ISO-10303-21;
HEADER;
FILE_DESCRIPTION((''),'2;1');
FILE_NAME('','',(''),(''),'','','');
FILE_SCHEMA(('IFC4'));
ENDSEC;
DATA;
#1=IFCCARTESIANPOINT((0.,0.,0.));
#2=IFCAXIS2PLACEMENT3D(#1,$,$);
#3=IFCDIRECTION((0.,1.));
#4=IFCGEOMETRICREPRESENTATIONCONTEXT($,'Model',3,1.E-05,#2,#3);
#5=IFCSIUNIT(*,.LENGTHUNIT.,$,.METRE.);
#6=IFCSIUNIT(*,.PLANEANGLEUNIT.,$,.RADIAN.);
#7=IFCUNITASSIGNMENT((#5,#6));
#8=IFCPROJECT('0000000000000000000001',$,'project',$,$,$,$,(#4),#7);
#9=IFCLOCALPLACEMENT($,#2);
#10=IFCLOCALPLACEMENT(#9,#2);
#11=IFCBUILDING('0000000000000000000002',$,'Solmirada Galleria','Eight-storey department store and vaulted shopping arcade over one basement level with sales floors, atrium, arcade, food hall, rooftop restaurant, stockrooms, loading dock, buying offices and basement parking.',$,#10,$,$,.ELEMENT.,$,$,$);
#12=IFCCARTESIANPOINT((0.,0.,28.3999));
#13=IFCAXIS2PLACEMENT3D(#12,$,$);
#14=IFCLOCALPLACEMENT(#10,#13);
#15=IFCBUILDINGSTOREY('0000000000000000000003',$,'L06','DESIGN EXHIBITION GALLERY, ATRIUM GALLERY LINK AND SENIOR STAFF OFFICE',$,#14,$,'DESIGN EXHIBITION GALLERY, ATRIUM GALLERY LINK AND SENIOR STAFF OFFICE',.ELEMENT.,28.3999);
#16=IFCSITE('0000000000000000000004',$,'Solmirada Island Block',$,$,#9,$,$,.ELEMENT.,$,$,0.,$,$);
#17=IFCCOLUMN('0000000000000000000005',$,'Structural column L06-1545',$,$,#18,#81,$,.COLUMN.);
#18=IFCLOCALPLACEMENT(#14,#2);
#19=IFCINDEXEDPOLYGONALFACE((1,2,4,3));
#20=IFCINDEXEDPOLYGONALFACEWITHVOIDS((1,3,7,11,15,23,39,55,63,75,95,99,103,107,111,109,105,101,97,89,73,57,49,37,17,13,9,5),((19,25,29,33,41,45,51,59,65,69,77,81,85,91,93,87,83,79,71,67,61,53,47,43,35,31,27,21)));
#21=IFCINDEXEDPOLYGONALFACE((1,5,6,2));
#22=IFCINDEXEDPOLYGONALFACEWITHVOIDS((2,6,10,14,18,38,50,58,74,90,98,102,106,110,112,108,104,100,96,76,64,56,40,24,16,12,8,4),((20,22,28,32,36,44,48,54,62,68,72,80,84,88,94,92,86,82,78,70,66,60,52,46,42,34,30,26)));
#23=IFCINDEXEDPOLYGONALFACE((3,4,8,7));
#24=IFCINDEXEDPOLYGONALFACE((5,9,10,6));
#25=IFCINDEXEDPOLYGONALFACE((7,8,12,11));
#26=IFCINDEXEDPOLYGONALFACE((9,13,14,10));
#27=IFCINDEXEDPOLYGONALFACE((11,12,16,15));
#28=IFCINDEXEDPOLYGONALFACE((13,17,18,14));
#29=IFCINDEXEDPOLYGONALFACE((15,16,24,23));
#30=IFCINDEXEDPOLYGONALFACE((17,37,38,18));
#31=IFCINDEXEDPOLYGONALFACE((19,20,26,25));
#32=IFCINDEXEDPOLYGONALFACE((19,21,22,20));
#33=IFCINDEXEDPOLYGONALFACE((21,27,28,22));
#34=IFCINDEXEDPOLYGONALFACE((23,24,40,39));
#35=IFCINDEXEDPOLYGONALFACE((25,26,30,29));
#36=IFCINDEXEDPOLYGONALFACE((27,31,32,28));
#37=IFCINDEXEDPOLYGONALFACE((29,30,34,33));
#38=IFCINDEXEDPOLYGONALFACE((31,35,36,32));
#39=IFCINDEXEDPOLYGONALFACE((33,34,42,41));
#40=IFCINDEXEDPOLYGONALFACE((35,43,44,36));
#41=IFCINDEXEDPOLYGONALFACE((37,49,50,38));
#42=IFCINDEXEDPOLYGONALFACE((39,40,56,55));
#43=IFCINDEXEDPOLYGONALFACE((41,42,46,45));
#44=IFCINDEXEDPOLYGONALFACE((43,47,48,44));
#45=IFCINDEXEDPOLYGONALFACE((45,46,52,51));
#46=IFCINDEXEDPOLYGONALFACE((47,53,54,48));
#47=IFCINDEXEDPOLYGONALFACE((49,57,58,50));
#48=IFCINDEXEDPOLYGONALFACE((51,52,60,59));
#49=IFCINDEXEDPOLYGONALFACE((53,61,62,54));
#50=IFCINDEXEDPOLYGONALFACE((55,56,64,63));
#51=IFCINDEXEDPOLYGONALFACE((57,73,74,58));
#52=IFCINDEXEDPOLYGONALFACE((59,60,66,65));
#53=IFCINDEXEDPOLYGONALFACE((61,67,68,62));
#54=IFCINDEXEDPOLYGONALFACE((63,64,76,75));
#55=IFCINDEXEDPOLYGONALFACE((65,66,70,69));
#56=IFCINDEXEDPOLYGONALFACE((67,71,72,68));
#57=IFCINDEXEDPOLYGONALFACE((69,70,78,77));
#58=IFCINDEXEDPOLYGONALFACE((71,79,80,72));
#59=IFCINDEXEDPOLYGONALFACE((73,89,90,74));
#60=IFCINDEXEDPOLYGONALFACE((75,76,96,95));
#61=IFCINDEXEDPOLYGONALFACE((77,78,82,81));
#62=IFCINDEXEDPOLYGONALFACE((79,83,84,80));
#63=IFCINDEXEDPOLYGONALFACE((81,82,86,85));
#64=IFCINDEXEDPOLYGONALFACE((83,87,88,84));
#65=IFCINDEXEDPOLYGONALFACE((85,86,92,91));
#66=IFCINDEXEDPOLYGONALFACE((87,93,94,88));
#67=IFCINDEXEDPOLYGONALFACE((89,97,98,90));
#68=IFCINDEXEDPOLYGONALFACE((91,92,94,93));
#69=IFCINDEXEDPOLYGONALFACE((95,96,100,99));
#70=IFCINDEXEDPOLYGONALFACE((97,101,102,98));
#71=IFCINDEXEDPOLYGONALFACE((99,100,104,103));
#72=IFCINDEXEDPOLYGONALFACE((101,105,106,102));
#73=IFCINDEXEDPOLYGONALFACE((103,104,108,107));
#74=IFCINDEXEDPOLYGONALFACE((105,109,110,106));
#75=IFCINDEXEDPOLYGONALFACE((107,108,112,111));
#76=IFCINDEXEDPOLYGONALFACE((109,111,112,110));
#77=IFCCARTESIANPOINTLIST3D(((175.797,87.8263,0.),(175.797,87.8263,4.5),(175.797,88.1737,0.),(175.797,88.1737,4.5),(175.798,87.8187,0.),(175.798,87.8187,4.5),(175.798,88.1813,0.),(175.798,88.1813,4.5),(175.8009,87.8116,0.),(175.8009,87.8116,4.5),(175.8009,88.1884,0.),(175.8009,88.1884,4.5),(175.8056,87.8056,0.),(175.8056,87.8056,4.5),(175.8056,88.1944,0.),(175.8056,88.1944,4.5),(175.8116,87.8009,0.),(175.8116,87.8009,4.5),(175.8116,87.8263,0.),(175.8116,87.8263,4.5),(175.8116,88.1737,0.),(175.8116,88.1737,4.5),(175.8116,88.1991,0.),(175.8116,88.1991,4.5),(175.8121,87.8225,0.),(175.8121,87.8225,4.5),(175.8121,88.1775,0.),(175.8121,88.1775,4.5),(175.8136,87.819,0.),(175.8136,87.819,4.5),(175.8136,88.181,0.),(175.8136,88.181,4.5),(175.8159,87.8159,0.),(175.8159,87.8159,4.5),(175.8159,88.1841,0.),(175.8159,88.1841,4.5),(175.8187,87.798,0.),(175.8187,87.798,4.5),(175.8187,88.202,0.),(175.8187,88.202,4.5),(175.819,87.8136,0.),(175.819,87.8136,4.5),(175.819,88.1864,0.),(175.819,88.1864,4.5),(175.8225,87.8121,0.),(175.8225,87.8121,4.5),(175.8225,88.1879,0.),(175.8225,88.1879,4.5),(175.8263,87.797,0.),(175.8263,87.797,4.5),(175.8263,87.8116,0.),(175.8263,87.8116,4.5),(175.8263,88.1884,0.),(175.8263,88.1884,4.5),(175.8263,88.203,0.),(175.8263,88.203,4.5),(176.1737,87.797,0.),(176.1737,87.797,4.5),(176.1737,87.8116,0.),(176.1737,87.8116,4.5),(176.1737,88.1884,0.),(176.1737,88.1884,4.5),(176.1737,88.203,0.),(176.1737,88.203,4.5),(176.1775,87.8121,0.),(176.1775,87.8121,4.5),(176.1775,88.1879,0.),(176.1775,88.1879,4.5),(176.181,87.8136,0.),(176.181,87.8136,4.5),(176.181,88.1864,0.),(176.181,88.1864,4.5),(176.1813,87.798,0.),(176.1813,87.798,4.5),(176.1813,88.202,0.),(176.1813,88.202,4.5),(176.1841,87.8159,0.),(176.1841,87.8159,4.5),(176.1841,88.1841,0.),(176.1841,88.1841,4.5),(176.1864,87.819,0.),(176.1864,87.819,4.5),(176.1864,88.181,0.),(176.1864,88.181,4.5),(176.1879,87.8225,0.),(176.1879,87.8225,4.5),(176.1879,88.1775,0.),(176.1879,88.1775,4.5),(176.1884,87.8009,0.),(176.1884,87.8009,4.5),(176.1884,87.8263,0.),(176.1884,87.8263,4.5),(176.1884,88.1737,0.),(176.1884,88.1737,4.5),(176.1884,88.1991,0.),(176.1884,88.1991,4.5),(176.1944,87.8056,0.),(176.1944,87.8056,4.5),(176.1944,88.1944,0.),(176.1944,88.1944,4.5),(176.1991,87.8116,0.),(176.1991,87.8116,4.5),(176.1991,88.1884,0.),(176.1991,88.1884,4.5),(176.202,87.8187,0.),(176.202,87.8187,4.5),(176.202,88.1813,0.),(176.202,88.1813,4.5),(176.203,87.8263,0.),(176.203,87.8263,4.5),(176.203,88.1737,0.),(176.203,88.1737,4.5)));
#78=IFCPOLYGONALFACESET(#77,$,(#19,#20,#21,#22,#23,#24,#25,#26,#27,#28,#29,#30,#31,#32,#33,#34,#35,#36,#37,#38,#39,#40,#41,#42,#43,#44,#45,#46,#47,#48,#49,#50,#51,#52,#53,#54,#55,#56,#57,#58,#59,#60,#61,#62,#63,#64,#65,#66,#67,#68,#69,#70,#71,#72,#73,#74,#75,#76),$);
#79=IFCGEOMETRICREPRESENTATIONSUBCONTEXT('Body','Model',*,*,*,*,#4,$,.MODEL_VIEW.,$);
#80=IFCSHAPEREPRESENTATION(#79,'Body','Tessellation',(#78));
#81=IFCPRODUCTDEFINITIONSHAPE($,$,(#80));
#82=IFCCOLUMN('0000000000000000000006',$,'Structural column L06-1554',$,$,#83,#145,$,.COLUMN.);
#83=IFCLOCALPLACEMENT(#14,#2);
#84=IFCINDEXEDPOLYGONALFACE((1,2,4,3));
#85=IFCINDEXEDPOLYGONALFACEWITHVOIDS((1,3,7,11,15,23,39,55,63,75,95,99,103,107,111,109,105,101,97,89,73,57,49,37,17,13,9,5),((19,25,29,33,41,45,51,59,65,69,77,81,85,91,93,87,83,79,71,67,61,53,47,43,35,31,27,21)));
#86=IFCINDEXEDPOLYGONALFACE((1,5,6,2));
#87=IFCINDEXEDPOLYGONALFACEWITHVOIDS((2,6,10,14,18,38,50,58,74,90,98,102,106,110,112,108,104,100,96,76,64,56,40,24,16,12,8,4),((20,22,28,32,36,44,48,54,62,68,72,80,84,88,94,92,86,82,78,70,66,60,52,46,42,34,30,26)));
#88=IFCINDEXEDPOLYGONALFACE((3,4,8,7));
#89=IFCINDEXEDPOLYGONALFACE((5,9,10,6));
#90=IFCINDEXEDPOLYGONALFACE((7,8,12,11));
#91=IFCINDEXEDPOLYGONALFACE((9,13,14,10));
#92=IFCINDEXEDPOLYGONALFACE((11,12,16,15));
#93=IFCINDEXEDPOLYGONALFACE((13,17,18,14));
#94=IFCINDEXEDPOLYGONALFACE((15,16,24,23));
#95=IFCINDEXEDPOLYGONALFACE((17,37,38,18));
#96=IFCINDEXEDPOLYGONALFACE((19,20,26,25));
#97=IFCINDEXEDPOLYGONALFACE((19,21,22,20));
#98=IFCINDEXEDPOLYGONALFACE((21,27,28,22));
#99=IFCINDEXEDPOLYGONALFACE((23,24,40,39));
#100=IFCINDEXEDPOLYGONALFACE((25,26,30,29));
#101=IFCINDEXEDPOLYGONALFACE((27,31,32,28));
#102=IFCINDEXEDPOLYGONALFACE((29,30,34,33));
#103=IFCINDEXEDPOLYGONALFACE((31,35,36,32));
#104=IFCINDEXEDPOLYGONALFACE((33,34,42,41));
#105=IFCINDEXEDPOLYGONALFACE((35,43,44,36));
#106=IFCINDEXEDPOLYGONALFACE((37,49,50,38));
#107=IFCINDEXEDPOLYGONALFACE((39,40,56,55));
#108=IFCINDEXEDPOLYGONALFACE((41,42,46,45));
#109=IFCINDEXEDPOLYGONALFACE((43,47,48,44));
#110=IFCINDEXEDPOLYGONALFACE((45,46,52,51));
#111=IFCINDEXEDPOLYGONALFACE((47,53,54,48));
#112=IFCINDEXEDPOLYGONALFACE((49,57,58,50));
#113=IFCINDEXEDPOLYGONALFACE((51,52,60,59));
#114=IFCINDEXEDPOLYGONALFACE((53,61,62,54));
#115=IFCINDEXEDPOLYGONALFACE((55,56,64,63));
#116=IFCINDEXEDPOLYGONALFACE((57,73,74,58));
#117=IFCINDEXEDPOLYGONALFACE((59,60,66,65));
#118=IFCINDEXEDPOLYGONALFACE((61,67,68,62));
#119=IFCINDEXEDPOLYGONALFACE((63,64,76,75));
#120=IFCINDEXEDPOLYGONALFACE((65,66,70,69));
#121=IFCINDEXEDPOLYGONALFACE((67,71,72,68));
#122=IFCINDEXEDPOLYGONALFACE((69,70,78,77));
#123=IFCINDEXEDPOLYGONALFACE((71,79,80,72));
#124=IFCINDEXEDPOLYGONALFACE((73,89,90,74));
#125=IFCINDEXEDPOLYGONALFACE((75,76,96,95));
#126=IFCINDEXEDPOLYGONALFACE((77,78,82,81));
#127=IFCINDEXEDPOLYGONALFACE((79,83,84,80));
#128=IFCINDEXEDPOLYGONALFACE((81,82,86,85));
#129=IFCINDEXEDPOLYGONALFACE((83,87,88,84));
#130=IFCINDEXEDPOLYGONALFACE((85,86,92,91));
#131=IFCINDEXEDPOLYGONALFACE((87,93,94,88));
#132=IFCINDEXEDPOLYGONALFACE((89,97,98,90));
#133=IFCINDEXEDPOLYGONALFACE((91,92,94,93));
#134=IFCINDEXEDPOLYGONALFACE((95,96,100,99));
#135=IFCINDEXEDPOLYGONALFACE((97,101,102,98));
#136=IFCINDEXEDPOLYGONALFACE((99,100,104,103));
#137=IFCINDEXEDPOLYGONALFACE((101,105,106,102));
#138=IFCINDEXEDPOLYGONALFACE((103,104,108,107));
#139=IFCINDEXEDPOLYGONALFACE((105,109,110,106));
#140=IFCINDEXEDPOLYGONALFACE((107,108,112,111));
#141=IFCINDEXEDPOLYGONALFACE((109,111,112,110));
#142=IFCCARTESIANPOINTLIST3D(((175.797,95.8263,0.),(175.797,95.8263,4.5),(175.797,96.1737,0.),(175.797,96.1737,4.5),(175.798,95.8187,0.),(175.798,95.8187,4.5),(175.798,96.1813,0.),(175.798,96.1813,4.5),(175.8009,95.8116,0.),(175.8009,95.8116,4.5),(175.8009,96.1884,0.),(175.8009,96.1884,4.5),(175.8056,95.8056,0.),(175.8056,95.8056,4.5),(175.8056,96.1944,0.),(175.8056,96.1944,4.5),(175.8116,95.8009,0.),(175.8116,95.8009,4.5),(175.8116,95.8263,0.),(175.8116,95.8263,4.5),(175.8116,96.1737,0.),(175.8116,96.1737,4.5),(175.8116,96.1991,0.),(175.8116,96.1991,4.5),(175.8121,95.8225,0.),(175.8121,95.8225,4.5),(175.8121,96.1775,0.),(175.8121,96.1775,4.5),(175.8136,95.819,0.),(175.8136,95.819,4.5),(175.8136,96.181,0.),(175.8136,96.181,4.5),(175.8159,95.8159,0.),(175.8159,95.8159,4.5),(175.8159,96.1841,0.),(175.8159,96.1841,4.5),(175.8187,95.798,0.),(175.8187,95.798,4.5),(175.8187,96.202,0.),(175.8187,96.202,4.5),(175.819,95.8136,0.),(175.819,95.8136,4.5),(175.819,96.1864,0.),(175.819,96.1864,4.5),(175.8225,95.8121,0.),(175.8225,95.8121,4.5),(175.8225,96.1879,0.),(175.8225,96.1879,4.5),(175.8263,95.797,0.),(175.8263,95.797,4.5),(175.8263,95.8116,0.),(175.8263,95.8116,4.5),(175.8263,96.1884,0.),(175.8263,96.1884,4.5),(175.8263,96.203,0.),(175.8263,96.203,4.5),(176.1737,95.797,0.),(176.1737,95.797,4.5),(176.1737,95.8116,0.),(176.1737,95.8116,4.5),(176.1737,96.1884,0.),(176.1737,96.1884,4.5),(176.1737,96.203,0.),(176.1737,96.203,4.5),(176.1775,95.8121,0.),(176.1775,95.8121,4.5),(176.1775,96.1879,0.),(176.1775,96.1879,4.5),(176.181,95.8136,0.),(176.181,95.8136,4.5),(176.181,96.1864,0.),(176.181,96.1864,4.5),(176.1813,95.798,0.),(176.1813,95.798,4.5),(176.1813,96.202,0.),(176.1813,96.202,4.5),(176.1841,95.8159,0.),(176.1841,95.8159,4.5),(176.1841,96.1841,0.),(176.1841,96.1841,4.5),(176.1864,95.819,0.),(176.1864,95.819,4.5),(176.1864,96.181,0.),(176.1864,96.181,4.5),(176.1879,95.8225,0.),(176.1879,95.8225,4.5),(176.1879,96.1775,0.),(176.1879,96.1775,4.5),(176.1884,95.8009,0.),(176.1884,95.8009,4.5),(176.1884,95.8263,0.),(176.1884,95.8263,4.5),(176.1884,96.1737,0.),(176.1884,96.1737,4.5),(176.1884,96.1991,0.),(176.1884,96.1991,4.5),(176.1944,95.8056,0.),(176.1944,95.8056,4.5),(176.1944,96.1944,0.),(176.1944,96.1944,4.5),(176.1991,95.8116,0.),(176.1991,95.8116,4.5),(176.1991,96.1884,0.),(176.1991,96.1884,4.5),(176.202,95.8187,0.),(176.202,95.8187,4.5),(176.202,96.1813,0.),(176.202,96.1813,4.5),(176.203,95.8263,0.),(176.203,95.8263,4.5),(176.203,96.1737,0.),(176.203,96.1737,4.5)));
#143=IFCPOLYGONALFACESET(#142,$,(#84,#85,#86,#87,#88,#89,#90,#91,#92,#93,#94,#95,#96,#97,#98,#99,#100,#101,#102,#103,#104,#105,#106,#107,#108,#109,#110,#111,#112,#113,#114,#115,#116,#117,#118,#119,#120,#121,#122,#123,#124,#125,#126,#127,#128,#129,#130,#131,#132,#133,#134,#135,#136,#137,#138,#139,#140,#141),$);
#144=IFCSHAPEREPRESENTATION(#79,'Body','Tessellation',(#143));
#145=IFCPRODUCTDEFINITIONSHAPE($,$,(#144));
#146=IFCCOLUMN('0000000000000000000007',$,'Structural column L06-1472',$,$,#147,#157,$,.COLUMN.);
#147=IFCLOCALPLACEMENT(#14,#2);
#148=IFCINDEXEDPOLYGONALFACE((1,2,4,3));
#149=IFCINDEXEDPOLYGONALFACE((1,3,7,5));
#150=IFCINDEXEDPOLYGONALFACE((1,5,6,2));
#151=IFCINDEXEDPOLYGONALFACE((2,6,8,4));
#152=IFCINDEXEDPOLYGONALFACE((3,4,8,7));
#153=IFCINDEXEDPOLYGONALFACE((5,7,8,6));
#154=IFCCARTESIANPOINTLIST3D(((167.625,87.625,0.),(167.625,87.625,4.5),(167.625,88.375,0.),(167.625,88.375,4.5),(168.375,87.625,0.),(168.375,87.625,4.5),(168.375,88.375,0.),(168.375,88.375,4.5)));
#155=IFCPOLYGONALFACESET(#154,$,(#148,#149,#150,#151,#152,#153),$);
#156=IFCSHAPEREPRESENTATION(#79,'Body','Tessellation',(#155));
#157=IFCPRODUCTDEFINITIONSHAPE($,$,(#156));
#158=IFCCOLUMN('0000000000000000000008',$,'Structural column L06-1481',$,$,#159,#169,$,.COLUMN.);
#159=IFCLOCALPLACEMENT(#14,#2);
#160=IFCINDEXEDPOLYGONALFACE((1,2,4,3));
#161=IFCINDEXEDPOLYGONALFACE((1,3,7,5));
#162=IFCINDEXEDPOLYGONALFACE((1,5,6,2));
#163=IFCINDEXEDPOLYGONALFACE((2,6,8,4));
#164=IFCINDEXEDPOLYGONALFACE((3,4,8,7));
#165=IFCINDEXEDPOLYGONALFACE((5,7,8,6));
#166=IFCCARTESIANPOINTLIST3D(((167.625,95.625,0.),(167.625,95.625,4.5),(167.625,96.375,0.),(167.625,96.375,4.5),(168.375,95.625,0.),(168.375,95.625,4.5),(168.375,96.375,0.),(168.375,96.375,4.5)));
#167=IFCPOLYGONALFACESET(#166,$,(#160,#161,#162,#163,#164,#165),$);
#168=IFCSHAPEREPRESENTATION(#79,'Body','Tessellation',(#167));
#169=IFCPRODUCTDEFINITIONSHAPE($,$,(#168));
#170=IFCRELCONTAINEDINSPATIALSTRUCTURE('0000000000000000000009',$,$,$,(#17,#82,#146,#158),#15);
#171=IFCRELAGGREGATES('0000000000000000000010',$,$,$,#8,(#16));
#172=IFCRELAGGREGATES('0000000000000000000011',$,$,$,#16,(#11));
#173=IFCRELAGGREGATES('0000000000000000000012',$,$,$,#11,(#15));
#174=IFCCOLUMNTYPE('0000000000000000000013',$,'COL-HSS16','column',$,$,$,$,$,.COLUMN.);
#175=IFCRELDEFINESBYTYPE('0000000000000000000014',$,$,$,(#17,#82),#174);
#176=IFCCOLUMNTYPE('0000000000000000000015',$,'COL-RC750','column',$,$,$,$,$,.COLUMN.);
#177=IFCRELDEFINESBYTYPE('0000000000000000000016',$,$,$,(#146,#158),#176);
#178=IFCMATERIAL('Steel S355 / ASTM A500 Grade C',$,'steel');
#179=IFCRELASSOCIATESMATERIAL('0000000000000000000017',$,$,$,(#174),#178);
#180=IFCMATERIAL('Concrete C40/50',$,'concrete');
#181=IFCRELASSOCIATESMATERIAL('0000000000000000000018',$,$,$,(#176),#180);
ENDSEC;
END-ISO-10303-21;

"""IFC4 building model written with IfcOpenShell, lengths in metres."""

from ifc_helpers import new_model, si_unit, direction, frame, origin, origin_2d, place, context, subcontext, project, spatial, rectangle, hollow_rectangle, extrude, material, material_profile, profile_set, type_object, element, save


model = new_model("IFC4")

# Units and contexts
model_context = context("Model", 3, precision=1e-05, world=origin(), true_north=direction((0.0, 1.0)))
body_context = subcontext(model_context, "Body", "Model", "MODEL_VIEW")
ifc_project = project(units=[si_unit("LENGTHUNIT", "METRE"), si_unit("PLANEANGLEUNIT", "RADIAN")], contexts=[model_context])

# Site, building, storey
site_placement = place(None, origin())
site = spatial("IfcSite", under=ifc_project, at=site_placement, Name="Solmirada Island Block", CompositionType="ELEMENT", RefElevation=0.0)
building_placement = place(site_placement, origin())
building = spatial("IfcBuilding", under=site, at=building_placement, Name="Solmirada Galleria", Description="Eight-storey department store and vaulted shopping arcade over one basement level with sales floors, atrium, arcade, food hall, rooftop restaurant, stockrooms, loading dock, buying offices and basement parking.", CompositionType="ELEMENT")
storey_placement = place(building_placement, frame((0.0, 0.0, 28.3999)))
storey = spatial("IfcBuildingStorey", under=building, at=storey_placement, Name="L06", Description="DESIGN EXHIBITION GALLERY, ATRIUM GALLERY LINK AND SENIOR STAFF OFFICE", LongName="DESIGN EXHIBITION GALLERY, ATRIUM GALLERY LINK AND SENIOR STAFF OFFICE", CompositionType="ELEMENT", Elevation=28.3999)

# Columns
ifc_material_1 = material(Name="Steel S355 / ASTM A500 Grade C", Category="steel")
ifc_material_profile_1 = material_profile(ifc_material_1, hollow_rectangle(XDim=0.406, YDim=0.406, WallThickness=0.0146, InnerFilletRadius=0.0146, OuterFilletRadius=0.0293, at=origin_2d()), Name="HSS16X16X5/8")
ifc_profile_set_1 = profile_set([ifc_material_profile_1], Name="Steel S355 / ASTM A500 Grade C")
column_type_1 = type_object("IfcColumnType", Name="COL-HSS16", Description="column", PredefinedType="COLUMN", material=ifc_profile_set_1)
for number, where, z_axis, x_axis, name in (
    (1, (176.0, 88.0, 0.0), (0.0, 0.0, 1.0), (1.0, 0.0, 0.0), "Structural column L06-1545"),
    (2, (176.0, 96.0, 0.0), (0.0, 0.0, 1.0), (1.0, 0.0, 0.0), "Structural column L06-1554"),
):
    element("IfcColumn", number, at=place(storey_placement, frame(where, z_axis=z_axis, x_axis=x_axis)), inside=storey, type_object=column_type_1, Name=name, PredefinedType="COLUMN", context=body_context, shape_type="SweptSolid", body=[
        extrude(hollow_rectangle(XDim=0.406, YDim=0.406, WallThickness=0.0146, InnerFilletRadius=0.0146, OuterFilletRadius=0.0293, at=origin_2d()), origin(), (0.0, 0.0, 1.0), 4.5),
    ])
ifc_material_2 = material(Name="Concrete C40/50", Category="concrete")
ifc_material_profile_2 = material_profile(ifc_material_2, rectangle(XDim=0.75, YDim=0.75, at=origin_2d()), Name="RC750X750")
ifc_profile_set_2 = profile_set([ifc_material_profile_2], Name="Concrete C40/50")
column_type_2 = type_object("IfcColumnType", Name="COL-RC750", Description="column", PredefinedType="COLUMN", material=ifc_profile_set_2)
for number, where, z_axis, x_axis, name in (
    (3, (168.0, 88.0, 0.0), (0.0, 0.0, 1.0), (1.0, 0.0, 0.0), "Structural column L06-1472"),
    (4, (168.0, 96.0, 0.0), (0.0, 0.0, 1.0), (1.0, 0.0, 0.0), "Structural column L06-1481"),
):
    element("IfcColumn", number, at=place(storey_placement, frame(where, z_axis=z_axis, x_axis=x_axis)), inside=storey, type_object=column_type_2, Name=name, PredefinedType="COLUMN", context=body_context, shape_type="SweptSolid", body=[
        extrude(rectangle(XDim=0.75, YDim=0.75, at=origin_2d()), origin(), (0.0, 0.0, 1.0), 4.5),
    ])

save(model, "model.ifc")
